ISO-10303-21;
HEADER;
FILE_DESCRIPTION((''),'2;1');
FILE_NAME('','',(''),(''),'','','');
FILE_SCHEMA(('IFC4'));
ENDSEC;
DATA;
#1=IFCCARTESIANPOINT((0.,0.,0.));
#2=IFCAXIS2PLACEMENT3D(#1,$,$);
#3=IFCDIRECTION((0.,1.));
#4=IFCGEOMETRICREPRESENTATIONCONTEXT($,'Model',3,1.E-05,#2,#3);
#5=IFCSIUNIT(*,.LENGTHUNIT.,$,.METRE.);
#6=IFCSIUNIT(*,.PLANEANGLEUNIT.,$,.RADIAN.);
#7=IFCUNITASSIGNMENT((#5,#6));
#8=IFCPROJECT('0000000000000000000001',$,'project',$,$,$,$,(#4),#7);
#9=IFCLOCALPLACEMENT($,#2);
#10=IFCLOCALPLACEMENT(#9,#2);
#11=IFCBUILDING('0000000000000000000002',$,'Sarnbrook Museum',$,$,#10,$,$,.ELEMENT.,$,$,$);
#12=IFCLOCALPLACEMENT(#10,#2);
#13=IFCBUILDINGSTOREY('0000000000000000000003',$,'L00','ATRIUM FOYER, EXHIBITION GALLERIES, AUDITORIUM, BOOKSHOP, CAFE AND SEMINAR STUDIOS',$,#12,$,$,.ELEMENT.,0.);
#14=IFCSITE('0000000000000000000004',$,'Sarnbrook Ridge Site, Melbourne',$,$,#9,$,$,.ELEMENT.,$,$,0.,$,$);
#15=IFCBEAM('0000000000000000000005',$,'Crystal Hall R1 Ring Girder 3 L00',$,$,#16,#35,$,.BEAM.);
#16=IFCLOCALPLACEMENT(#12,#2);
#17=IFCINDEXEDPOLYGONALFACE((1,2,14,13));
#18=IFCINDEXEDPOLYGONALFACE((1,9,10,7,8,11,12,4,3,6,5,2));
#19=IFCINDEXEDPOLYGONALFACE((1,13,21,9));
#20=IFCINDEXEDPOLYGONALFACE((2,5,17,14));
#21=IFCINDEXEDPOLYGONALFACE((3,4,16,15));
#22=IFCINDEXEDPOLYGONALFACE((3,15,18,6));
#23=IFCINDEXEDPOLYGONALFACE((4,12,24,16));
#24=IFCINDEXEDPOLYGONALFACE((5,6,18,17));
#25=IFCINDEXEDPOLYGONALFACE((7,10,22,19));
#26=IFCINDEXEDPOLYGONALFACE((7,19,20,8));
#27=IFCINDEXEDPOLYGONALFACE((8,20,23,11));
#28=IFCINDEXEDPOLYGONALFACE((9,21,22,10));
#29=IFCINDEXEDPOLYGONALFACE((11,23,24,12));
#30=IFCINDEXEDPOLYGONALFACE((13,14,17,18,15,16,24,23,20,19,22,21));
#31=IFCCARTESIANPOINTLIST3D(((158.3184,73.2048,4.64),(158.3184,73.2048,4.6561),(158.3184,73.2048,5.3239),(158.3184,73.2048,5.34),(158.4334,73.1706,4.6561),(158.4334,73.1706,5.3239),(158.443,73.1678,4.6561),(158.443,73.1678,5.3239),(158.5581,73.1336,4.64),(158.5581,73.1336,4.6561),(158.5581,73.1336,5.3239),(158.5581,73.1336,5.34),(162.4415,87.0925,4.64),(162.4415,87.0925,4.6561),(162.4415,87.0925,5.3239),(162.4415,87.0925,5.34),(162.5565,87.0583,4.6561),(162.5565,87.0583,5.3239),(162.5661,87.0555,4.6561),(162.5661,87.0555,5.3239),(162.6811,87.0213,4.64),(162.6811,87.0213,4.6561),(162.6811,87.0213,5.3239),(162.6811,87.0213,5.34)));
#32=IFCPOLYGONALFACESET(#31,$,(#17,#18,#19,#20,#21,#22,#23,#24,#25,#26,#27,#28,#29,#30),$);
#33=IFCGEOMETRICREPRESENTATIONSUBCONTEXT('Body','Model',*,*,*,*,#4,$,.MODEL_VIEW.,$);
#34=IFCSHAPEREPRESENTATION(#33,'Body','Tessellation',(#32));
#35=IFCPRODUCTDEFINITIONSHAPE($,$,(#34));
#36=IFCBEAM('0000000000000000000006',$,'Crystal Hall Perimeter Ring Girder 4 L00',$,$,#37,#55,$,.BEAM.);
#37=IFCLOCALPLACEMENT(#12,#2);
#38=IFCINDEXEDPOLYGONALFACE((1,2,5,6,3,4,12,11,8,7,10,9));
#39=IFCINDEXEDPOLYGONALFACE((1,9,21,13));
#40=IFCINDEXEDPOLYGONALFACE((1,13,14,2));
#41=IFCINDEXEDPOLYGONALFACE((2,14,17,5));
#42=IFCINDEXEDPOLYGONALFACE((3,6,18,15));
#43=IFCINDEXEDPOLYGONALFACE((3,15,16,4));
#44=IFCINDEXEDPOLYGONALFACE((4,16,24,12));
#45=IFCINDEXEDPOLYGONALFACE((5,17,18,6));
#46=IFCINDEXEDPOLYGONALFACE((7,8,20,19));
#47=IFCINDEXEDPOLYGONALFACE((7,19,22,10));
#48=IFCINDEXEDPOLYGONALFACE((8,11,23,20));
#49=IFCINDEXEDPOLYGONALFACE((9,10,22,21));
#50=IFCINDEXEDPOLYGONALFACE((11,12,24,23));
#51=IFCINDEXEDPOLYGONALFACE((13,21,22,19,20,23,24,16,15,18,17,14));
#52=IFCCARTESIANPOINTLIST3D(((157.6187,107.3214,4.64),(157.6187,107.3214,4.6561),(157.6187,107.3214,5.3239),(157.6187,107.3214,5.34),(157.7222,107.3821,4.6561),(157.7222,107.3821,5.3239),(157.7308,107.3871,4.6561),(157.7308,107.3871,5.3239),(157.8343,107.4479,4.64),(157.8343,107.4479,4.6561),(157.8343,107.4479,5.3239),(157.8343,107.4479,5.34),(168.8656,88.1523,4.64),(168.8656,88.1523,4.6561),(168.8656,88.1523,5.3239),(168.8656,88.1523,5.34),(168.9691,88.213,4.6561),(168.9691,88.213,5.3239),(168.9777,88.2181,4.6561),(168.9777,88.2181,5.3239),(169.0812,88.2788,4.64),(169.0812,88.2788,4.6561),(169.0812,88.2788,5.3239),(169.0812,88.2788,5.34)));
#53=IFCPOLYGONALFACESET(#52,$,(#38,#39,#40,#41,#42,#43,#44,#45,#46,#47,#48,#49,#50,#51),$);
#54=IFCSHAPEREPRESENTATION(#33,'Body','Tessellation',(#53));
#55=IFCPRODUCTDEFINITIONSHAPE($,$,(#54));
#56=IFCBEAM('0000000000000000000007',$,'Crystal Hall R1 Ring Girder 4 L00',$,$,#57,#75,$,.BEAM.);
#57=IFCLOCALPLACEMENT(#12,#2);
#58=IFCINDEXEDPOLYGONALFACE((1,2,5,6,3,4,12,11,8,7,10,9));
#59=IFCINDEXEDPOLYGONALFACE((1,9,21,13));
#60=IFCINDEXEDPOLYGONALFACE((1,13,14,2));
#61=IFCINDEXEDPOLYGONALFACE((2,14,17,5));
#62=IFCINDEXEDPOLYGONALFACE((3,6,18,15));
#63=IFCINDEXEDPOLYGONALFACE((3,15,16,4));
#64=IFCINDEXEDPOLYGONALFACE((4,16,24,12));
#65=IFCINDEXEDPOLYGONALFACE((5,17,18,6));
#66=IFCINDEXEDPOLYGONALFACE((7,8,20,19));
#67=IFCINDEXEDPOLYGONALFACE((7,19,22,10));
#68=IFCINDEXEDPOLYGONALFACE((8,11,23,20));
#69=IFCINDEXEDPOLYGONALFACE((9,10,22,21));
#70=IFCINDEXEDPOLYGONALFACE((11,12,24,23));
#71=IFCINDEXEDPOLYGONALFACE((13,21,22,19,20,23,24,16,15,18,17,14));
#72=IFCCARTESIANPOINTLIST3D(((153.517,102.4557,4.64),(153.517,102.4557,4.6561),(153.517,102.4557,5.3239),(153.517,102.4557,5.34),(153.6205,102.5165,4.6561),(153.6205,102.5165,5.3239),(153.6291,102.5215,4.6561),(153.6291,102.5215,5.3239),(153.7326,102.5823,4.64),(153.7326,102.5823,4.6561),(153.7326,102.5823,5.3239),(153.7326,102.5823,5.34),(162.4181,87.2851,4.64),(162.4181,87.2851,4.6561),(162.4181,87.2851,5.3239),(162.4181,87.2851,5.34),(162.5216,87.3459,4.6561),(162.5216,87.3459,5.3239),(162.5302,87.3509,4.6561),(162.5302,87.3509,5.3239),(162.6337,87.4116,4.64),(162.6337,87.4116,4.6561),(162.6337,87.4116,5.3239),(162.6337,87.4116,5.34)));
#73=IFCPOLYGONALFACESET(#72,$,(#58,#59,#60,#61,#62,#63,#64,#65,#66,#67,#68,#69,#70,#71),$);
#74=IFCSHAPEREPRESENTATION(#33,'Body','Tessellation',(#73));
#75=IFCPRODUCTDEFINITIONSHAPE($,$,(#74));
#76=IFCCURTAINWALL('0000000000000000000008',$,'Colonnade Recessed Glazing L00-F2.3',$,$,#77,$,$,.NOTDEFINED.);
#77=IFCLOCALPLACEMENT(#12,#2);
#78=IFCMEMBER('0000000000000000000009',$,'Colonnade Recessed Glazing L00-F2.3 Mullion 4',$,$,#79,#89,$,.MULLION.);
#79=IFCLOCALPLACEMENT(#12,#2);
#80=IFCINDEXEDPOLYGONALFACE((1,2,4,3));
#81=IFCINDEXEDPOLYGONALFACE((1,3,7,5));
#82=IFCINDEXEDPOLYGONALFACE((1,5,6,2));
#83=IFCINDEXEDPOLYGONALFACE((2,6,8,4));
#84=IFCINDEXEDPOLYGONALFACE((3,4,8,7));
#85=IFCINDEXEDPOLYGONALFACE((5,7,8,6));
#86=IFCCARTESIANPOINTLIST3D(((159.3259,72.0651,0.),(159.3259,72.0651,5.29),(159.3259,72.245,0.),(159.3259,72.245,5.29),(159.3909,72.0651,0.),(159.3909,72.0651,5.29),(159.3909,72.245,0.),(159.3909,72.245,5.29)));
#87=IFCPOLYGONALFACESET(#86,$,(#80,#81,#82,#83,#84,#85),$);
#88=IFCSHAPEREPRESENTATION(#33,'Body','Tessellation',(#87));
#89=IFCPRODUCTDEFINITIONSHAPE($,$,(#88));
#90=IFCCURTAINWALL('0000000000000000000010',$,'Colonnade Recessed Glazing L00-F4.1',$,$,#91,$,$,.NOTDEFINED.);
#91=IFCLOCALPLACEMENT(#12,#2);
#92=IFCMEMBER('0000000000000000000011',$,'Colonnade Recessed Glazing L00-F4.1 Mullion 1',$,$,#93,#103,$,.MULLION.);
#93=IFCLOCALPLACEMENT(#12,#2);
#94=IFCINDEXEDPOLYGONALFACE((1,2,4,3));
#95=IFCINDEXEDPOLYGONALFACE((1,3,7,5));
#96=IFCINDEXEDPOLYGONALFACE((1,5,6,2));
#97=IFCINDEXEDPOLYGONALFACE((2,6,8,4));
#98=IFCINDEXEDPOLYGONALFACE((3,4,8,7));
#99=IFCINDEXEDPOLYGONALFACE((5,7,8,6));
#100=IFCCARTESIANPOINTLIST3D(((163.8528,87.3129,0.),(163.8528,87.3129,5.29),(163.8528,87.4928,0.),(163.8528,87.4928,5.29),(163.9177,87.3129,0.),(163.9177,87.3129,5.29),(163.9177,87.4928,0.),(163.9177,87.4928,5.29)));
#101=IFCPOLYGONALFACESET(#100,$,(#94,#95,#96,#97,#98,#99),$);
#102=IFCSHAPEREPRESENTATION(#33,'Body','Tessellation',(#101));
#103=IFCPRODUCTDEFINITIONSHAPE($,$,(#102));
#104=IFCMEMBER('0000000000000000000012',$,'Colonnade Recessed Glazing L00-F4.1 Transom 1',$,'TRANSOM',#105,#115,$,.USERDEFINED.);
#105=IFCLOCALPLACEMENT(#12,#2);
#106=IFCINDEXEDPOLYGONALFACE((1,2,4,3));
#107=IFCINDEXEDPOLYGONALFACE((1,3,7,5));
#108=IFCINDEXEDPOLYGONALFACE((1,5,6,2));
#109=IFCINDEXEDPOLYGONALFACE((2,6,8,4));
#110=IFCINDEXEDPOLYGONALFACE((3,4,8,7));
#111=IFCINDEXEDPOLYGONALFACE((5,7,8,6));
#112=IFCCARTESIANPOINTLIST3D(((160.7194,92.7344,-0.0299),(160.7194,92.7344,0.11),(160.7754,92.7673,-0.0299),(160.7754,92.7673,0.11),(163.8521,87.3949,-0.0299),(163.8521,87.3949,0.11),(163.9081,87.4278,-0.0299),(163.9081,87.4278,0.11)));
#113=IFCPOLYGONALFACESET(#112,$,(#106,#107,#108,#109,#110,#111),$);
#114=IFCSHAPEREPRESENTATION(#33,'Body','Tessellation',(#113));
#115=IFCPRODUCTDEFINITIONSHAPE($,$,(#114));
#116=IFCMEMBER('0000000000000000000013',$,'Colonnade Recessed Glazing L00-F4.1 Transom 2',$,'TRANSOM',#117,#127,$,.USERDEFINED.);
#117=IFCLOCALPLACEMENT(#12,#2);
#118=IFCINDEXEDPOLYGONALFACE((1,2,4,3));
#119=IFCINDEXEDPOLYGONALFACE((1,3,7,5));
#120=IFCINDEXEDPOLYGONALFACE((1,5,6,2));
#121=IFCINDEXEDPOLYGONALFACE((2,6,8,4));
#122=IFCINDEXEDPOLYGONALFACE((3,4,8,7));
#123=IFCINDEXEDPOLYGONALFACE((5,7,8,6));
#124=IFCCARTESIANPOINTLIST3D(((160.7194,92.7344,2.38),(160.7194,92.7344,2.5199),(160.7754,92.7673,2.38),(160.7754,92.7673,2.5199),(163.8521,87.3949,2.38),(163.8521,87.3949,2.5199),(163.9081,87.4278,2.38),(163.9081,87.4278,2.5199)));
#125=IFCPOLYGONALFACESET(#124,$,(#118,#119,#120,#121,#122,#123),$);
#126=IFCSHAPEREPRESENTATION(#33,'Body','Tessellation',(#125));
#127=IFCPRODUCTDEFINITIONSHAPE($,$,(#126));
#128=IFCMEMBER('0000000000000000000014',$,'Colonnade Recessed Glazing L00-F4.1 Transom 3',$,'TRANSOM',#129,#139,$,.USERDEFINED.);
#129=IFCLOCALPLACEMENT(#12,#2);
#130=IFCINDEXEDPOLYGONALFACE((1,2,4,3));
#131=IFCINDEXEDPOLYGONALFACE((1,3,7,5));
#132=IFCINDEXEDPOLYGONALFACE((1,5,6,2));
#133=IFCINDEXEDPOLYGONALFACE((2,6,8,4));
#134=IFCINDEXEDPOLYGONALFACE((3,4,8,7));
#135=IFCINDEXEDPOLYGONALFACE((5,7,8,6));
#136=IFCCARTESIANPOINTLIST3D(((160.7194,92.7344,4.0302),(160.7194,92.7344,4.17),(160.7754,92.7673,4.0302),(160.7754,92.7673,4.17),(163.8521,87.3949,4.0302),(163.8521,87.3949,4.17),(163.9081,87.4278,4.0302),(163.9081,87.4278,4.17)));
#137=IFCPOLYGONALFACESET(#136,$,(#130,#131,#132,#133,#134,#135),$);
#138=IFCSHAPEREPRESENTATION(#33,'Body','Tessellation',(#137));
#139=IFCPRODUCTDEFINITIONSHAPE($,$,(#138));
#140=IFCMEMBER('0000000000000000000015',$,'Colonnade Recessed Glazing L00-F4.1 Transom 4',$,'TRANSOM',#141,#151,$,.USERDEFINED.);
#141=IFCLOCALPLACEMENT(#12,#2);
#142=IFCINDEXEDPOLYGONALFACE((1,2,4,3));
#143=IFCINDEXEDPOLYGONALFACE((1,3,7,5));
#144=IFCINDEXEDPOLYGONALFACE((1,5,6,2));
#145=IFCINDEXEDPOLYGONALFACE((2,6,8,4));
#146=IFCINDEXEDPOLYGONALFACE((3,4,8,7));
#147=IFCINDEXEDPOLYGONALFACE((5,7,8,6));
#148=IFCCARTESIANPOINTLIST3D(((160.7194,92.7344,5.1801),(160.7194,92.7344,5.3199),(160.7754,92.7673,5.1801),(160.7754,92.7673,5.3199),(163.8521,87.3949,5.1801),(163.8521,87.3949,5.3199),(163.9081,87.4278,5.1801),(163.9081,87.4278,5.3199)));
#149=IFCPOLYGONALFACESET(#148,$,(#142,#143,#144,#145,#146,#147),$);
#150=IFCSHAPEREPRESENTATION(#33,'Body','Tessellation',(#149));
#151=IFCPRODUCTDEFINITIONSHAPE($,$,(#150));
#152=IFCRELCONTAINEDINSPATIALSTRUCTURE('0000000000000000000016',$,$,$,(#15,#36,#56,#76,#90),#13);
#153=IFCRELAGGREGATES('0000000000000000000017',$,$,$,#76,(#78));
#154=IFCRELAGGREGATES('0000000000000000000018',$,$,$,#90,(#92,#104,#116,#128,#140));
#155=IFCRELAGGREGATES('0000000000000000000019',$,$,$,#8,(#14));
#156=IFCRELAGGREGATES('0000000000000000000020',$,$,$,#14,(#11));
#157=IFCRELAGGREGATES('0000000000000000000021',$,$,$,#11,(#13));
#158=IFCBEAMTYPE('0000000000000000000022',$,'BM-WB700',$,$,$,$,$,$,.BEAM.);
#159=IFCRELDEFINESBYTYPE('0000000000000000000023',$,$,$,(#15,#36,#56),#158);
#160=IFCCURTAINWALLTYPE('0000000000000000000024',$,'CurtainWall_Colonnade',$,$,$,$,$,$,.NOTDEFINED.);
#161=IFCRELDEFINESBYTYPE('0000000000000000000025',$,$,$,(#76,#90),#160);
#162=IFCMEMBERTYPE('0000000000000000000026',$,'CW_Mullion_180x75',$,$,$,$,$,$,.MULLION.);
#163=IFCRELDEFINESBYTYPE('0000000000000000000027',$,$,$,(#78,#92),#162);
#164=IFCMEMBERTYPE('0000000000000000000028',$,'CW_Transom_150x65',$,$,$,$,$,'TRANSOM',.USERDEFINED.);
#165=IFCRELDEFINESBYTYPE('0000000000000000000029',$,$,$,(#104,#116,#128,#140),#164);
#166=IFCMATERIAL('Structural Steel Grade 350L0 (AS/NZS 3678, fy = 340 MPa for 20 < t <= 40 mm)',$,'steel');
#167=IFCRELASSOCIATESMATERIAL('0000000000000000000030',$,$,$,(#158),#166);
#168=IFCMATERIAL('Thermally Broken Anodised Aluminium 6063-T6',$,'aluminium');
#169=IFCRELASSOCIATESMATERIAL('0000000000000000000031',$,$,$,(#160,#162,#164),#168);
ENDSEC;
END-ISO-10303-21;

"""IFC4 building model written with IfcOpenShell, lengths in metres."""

from ifc_helpers import new_model, si_unit, direction, frame, origin, origin_2d, place, context, subcontext, project, spatial, rectangle, i_section, extrude, material, material_profile, profile_set, type_object, element, aggregate, save


model = new_model("IFC4")

# Units and contexts
model_context = context("Model", 3, precision=1e-05, world=origin(), true_north=direction((0.0, 1.0)))
body_context = subcontext(model_context, "Body", "Model", "MODEL_VIEW")
ifc_project = project(units=[si_unit("LENGTHUNIT", "METRE"), si_unit("PLANEANGLEUNIT", "RADIAN")], contexts=[model_context])

# Site, building, storey
site_placement = place(None, origin())
site = spatial("IfcSite", under=ifc_project, at=site_placement, Name="Sarnbrook Ridge Site, Melbourne", CompositionType="ELEMENT", RefElevation=0.0)
building_placement = place(site_placement, origin())
building = spatial("IfcBuilding", under=site, at=building_placement, Name="Sarnbrook Museum", CompositionType="ELEMENT")
storey_placement = place(building_placement, origin())
storey = spatial("IfcBuildingStorey", under=building, at=storey_placement, Name="L00", Description="ATRIUM FOYER, EXHIBITION GALLERIES, AUDITORIUM, BOOKSHOP, CAFE AND SEMINAR STUDIOS", CompositionType="ELEMENT", Elevation=0.0)

# Shared definitions
ifc_material_1 = material(Name="Structural Steel Grade 350L0 (AS/NZS 3678, fy = 340 MPa for 20 < t <= 40 mm)", Category="steel")

# Beams
ifc_material_profile_1 = material_profile(ifc_material_1, i_section(OverallWidth=0.25, OverallDepth=0.7, WebThickness=0.01, FlangeThickness=0.0161, at=origin_2d()), Name="700WB130")
ifc_profile_set_1 = profile_set([ifc_material_profile_1], Name="Structural Steel Grade 350L0 (AS/NZS 3678, fy = 340 MPa for 20 < t <= 40 mm)")
beam_type_1 = type_object("IfcBeamType", Name="BM-WB700", PredefinedType="BEAM", material=ifc_profile_set_1)
beam_1_placement = place(storey_placement, frame((158.4382, 73.1692, 4.99), z_axis=(0.284607, 0.958644, 0.0), x_axis=(-0.958644, 0.284607, 0.0)))
element("IfcBeam", 1, at=beam_1_placement, inside=storey, type_object=beam_type_1, Name="Crystal Hall R1 Ring Girder 3 L00", PredefinedType="BEAM", context=body_context, shape_type="SweptSolid", body=[
    extrude(i_section(OverallWidth=0.25, OverallDepth=0.7, WebThickness=0.01, FlangeThickness=0.0161, at=origin_2d()), origin(), (0.0, 0.0, 1.0), 14.4868),
])
beam_2_placement = place(storey_placement, frame((168.9734, 88.2156, 4.99), z_axis=(-0.50605, 0.862504, 0.0), x_axis=(-0.862504, -0.50605, 0.0)))
element("IfcBeam", 2, at=beam_2_placement, inside=storey, type_object=beam_type_1, Name="Crystal Hall Perimeter Ring Girder 4 L00", PredefinedType="BEAM", context=body_context, shape_type="SweptSolid", body=[
    extrude(i_section(OverallWidth=0.25, OverallDepth=0.7, WebThickness=0.01, FlangeThickness=0.0161, at=origin_2d()), origin(), (0.0, 0.0, 1.0), 22.2249),
])
beam_3_placement = place(storey_placement, frame((162.5259, 87.3484, 4.99), z_axis=(-0.506057, 0.8625, 0.0), x_axis=(-0.8625, -0.506057, 0.0)))
element("IfcBeam", 3, at=beam_3_placement, inside=storey, type_object=beam_type_1, Name="Crystal Hall R1 Ring Girder 4 L00", PredefinedType="BEAM", context=body_context, shape_type="SweptSolid", body=[
    extrude(i_section(OverallWidth=0.25, OverallDepth=0.7, WebThickness=0.01, FlangeThickness=0.0161, at=origin_2d()), origin(), (0.0, 0.0, 1.0), 17.5891),
])

# Curtain wall, member
ifc_material_2 = material(Name="Thermally Broken Anodised Aluminium 6063-T6", Category="aluminium")
curtain_wall_type = type_object("IfcCurtainWallType", Name="CurtainWall_Colonnade", PredefinedType="NOTDEFINED", material=ifc_material_2)
curtain_wall_1_placement = place(storey_placement, origin())
curtain_wall_1 = element("IfcCurtainWall", 4, at=curtain_wall_1_placement, inside=storey, type_object=curtain_wall_type, Name="Colonnade Recessed Glazing L00-F2.3", PredefinedType="NOTDEFINED")
ifc_material_profile_2 = material_profile(ifc_material_2, rectangle(XDim=0.0649, YDim=0.1799, at=origin_2d()), Name="ALU MULLION 65x180")
ifc_profile_set_2 = profile_set([ifc_material_profile_2], Name="Thermally Broken Anodised Aluminium 6063-T6")
member_type_1 = type_object("IfcMemberType", Name="CW_Mullion_180x75", PredefinedType="MULLION", material=ifc_profile_set_2)
member_1_placement = place(storey_placement, frame((159.3584, 72.155, 0.0), z_axis=(0.0, 0.0, 1.0), x_axis=(1.0, 0.0, 0.0)))
member_1 = element("IfcMember", 5, at=member_1_placement, type_object=member_type_1, Name="Colonnade Recessed Glazing L00-F2.3 Mullion 4", PredefinedType="MULLION", context=body_context, shape_type="SweptSolid", body=[
    extrude(rectangle(XDim=0.0649, YDim=0.1799, at=origin_2d()), origin(), (0.0, 0.0, 1.0), 5.29),
])

# Curtain wall, members
curtain_wall_2_placement = place(storey_placement, origin())
curtain_wall_2 = element("IfcCurtainWall", 6, at=curtain_wall_2_placement, inside=storey, type_object=curtain_wall_type, Name="Colonnade Recessed Glazing L00-F4.1", PredefinedType="NOTDEFINED")
member_2_placement = place(storey_placement, frame((163.8853, 87.4028, 0.0), z_axis=(0.0, 0.0, 1.0), x_axis=(1.0, 0.0, 0.0)))
member_2 = element("IfcMember", 7, at=member_2_placement, type_object=member_type_1, Name="Colonnade Recessed Glazing L00-F4.1 Mullion 1", PredefinedType="MULLION", context=body_context, shape_type="SweptSolid", body=[
    extrude(rectangle(XDim=0.0649, YDim=0.1799, at=origin_2d()), origin(), (0.0, 0.0, 1.0), 5.29),
])
ifc_material_profile_3 = material_profile(ifc_material_2, rectangle(XDim=0.0649, YDim=0.1399, at=origin_2d()), Name="ALU TRANSOM 65x140")
ifc_profile_set_3 = profile_set([ifc_material_profile_3], Name="Thermally Broken Anodised Aluminium 6063-T6")
member_type_2 = type_object("IfcMemberType", Name="CW_Transom_150x65", ElementType="TRANSOM", PredefinedType="USERDEFINED", material=ifc_profile_set_3)
member_3_placement = place(storey_placement, frame((163.8801, 87.4114, 0.04), z_axis=(-0.506044, 0.862507, 0.0), x_axis=(-0.862507, -0.506044, 0.0)))
member_3 = element("IfcMember", 8, at=member_3_placement, type_object=member_type_2, Name="Colonnade Recessed Glazing L00-F4.1 Transom 1", ObjectType="TRANSOM", PredefinedType="USERDEFINED", context=body_context, shape_type="SweptSolid", body=[
    extrude(rectangle(XDim=0.0649, YDim=0.1399, at=origin_2d()), origin(), (0.0, 0.0, 1.0), 6.1907),
])
member_4_placement = place(storey_placement, frame((163.8801, 87.4114, 2.45), z_axis=(-0.506044, 0.862507, 0.0), x_axis=(-0.862507, -0.506044, 0.0)))
member_4 = element("IfcMember", 9, at=member_4_placement, type_object=member_type_2, Name="Colonnade Recessed Glazing L00-F4.1 Transom 2", ObjectType="TRANSOM", PredefinedType="USERDEFINED", context=body_context, shape_type="SweptSolid", body=[
    extrude(rectangle(XDim=0.0649, YDim=0.1399, at=origin_2d()), origin(), (0.0, 0.0, 1.0), 6.1907),
])
member_5_placement = place(storey_placement, frame((163.8801, 87.4114, 4.1001), z_axis=(-0.506044, 0.862507, 0.0), x_axis=(-0.862507, -0.506044, 0.0)))
member_5 = element("IfcMember", 10, at=member_5_placement, type_object=member_type_2, Name="Colonnade Recessed Glazing L00-F4.1 Transom 3", ObjectType="TRANSOM", PredefinedType="USERDEFINED", context=body_context, shape_type="SweptSolid", body=[
    extrude(rectangle(XDim=0.0649, YDim=0.1399, at=origin_2d()), origin(), (0.0, 0.0, 1.0), 6.1907),
])
member_6_placement = place(storey_placement, frame((163.8801, 87.4114, 5.25), z_axis=(-0.506044, 0.862507, 0.0), x_axis=(-0.862507, -0.506044, 0.0)))
member_6 = element("IfcMember", 11, at=member_6_placement, type_object=member_type_2, Name="Colonnade Recessed Glazing L00-F4.1 Transom 4", ObjectType="TRANSOM", PredefinedType="USERDEFINED", context=body_context, shape_type="SweptSolid", body=[
    extrude(rectangle(XDim=0.0649, YDim=0.1399, at=origin_2d()), origin(), (0.0, 0.0, 1.0), 6.1907),
])

aggregate(curtain_wall_1, [member_1])
aggregate(curtain_wall_2, [member_2, member_3, member_4, member_5, member_6])

save(model, "model.ifc")
